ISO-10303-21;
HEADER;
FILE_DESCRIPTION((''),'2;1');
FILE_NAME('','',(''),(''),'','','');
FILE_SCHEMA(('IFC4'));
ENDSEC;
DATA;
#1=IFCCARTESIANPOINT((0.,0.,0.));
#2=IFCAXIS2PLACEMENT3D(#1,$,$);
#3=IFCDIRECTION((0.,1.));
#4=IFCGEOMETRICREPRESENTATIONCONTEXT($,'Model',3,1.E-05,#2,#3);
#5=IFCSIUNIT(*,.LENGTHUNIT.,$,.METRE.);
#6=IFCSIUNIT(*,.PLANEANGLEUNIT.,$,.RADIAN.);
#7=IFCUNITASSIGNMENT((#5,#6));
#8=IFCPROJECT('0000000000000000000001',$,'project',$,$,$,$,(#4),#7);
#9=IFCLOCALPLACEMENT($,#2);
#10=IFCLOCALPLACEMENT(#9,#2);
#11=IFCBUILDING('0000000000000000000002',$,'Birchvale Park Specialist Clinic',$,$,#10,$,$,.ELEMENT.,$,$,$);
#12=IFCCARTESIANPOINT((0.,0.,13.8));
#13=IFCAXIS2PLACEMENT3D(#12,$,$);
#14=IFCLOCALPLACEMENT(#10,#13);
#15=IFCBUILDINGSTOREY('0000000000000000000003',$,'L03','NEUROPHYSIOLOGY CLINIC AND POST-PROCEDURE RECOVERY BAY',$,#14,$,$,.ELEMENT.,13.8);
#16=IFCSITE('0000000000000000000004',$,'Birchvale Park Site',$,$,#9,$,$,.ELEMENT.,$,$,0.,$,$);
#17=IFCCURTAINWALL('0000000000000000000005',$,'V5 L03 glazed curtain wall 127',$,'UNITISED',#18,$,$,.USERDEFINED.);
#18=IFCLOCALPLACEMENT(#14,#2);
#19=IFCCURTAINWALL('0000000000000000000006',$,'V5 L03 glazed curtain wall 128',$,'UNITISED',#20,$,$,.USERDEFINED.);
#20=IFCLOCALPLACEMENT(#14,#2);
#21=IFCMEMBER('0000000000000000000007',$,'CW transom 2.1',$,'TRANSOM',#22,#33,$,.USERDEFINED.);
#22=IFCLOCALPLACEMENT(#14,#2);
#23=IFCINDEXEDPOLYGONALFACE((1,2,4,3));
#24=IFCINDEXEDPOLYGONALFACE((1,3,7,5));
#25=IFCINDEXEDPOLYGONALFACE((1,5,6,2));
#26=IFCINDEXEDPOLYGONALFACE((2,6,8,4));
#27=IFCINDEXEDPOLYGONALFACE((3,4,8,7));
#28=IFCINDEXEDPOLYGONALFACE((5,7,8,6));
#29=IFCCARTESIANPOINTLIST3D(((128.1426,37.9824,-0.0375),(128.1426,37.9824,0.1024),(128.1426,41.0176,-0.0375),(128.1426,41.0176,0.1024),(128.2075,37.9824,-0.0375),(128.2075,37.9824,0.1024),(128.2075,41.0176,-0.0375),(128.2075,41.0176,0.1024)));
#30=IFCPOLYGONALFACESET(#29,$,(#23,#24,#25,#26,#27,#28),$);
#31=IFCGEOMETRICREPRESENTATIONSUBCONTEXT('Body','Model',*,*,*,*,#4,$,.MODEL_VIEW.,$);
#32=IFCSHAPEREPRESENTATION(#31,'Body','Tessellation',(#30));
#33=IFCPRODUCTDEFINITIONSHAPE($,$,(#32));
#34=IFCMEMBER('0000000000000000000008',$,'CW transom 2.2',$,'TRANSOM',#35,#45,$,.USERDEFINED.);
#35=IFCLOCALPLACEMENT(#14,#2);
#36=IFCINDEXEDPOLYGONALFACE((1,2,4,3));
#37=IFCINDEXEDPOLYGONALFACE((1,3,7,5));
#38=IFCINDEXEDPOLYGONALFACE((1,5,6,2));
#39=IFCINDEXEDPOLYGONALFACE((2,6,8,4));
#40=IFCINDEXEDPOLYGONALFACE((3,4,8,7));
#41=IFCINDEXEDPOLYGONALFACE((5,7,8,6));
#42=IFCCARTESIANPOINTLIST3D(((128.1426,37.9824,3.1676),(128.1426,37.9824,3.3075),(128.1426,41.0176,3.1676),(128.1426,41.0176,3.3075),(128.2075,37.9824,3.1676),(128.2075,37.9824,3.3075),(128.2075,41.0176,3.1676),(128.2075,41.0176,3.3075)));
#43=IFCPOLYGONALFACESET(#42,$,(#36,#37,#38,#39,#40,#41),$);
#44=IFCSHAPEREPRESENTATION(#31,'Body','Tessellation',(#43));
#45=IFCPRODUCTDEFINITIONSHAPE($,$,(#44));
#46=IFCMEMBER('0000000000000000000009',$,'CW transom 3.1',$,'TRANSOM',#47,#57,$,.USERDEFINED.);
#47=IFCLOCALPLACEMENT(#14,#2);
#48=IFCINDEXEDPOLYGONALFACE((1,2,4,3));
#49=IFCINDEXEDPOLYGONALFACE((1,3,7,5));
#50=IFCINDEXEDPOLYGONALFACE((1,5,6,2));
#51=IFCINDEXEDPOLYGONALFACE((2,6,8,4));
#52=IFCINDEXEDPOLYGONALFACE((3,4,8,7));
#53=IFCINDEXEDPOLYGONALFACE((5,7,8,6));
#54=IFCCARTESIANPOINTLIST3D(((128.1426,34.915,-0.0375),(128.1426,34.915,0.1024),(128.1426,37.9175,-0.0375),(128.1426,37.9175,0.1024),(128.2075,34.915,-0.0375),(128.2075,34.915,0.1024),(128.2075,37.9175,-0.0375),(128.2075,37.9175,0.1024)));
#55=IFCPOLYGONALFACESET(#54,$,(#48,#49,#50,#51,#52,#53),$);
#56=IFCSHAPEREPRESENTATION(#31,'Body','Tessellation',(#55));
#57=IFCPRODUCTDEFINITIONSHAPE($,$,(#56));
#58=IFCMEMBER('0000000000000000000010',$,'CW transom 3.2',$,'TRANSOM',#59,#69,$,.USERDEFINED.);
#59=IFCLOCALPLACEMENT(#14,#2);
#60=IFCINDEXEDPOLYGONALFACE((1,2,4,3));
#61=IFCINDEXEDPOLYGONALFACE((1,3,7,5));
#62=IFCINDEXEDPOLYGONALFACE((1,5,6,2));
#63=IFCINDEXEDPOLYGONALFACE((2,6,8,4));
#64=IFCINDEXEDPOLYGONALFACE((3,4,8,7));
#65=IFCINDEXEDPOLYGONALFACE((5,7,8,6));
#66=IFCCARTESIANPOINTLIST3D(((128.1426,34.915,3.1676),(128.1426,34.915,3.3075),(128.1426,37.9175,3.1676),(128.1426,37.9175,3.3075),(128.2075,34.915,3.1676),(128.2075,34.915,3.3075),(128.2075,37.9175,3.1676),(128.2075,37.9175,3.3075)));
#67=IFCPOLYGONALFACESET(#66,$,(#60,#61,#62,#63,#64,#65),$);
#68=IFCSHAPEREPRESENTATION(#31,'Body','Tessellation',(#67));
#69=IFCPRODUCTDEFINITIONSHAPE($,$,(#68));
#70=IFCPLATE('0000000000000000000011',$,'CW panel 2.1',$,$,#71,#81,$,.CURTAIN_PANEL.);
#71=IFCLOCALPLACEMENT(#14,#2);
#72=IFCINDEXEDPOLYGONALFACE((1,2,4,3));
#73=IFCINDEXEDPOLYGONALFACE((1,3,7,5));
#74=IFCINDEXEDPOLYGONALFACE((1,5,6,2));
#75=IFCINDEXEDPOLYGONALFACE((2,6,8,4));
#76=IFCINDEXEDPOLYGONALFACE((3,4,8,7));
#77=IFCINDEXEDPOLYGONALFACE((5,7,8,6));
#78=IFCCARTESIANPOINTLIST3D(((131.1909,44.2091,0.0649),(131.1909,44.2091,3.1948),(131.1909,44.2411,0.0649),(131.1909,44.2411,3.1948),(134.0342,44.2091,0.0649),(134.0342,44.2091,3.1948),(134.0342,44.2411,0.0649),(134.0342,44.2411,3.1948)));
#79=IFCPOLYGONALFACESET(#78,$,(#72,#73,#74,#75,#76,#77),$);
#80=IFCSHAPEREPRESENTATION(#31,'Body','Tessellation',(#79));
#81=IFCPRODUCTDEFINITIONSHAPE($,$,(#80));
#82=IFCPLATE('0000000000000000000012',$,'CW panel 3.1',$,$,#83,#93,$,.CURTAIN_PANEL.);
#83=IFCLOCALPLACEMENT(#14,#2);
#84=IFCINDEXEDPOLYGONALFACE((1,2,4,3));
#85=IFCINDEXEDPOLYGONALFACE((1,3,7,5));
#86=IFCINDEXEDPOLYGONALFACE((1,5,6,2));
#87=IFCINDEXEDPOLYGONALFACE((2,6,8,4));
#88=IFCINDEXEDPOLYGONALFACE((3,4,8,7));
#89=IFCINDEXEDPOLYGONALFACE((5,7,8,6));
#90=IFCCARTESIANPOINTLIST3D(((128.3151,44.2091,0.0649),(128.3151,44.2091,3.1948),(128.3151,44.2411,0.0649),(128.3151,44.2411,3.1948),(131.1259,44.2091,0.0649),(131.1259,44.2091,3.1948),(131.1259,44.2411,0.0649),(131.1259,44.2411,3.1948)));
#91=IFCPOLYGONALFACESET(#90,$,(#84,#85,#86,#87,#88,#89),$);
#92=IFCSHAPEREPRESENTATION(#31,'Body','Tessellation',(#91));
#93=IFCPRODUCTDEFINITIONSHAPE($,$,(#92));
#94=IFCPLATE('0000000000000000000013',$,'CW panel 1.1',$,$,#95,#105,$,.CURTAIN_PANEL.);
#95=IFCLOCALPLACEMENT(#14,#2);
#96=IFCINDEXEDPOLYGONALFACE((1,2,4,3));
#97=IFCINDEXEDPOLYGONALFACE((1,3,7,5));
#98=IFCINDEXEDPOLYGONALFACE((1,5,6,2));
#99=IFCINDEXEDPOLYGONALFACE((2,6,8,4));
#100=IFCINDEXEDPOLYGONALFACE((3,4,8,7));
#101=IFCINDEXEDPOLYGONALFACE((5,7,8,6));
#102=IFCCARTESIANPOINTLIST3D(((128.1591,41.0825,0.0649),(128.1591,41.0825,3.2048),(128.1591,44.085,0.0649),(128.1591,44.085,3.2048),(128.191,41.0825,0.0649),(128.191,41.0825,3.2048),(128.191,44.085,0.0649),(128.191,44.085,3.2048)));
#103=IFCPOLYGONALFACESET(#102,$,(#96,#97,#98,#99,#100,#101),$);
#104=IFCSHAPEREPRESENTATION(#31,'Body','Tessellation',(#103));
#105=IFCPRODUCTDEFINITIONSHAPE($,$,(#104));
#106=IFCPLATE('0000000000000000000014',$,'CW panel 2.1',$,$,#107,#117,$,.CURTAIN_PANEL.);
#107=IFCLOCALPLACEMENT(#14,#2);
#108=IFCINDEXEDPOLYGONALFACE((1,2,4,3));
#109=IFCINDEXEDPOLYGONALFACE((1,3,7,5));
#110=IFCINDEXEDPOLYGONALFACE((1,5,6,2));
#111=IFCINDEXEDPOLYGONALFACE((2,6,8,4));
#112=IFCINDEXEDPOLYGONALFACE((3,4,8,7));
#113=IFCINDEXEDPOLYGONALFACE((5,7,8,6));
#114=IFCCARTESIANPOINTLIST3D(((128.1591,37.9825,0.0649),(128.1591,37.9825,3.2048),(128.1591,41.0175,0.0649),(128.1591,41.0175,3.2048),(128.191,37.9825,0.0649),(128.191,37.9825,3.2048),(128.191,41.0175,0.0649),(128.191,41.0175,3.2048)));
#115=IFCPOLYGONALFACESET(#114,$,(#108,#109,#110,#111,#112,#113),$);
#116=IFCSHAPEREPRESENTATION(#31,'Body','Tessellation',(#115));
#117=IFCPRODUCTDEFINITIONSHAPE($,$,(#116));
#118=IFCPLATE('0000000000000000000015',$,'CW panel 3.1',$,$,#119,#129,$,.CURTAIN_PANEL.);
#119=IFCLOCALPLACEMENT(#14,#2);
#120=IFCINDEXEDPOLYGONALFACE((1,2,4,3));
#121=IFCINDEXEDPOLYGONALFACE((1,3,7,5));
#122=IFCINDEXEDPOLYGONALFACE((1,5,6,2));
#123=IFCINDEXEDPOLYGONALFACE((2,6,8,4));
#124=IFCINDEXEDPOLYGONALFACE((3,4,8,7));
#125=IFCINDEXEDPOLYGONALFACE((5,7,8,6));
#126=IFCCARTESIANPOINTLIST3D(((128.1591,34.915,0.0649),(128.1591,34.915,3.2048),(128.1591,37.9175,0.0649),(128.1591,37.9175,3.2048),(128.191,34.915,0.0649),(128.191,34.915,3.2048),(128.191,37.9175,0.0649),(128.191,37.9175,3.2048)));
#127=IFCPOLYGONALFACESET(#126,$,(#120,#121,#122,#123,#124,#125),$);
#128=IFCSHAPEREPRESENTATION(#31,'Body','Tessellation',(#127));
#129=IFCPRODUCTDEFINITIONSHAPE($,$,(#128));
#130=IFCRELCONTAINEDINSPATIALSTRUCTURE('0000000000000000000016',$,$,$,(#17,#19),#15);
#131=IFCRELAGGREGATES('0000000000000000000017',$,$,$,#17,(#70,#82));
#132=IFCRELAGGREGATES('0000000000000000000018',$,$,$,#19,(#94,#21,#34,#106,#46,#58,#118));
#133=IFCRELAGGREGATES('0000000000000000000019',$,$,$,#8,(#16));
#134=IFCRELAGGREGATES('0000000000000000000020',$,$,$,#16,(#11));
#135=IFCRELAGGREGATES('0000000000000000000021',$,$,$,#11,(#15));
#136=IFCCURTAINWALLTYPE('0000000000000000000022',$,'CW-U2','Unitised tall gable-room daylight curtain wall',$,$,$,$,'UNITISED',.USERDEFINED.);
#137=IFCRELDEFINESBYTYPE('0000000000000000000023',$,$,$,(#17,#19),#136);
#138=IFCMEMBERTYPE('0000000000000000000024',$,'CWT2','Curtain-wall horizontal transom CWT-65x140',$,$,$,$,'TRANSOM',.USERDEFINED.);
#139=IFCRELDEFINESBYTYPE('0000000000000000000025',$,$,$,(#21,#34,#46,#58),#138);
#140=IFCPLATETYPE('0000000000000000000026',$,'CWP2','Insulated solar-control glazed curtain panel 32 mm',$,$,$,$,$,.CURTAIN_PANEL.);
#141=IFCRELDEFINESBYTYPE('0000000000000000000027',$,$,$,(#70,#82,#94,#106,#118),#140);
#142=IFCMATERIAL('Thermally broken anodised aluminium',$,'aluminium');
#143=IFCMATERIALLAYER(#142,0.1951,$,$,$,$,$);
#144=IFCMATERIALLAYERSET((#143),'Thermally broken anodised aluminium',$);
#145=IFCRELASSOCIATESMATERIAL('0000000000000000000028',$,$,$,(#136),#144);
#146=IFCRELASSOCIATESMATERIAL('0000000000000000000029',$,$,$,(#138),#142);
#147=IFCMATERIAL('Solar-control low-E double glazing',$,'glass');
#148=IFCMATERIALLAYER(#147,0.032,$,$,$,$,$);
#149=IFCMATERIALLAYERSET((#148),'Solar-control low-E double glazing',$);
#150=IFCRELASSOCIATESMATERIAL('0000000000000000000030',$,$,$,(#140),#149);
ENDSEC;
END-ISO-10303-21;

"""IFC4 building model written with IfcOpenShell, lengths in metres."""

from ifc_helpers import new_model, si_unit, direction, frame, origin, origin_2d, place, context, subcontext, project, spatial, rectangle, extrude, material, layer, layer_set, material_profile, profile_set, type_object, element, aggregate, save


model = new_model("IFC4")

# Units and contexts
model_context = context("Model", 3, precision=1e-05, world=origin(), true_north=direction((0.0, 1.0)))
body_context = subcontext(model_context, "Body", "Model", "MODEL_VIEW")
ifc_project = project(units=[si_unit("LENGTHUNIT", "METRE"), si_unit("PLANEANGLEUNIT", "RADIAN")], contexts=[model_context])

# Site, building, storey
site_placement = place(None, origin())
site = spatial("IfcSite", under=ifc_project, at=site_placement, Name="Birchvale Park Site", CompositionType="ELEMENT", RefElevation=0.0)
building_placement = place(site_placement, origin())
building = spatial("IfcBuilding", under=site, at=building_placement, Name="Birchvale Park Specialist Clinic", CompositionType="ELEMENT")
storey_placement = place(building_placement, frame((0.0, 0.0, 13.8)))
storey = spatial("IfcBuildingStorey", under=building, at=storey_placement, Name="L03", Description="NEUROPHYSIOLOGY CLINIC AND POST-PROCEDURE RECOVERY BAY", CompositionType="ELEMENT", Elevation=13.8)

# Curtain walls
ifc_material_1 = material(Name="Thermally broken anodised aluminium", Category="aluminium")
ifc_layer_1 = layer(ifc_material_1, 0.1951)
ifc_layer_set_1 = layer_set([ifc_layer_1], Name="Thermally broken anodised aluminium")
curtain_wall_type = type_object("IfcCurtainWallType", Name="CW-U2", Description="Unitised tall gable-room daylight curtain wall", ElementType="UNITISED", PredefinedType="USERDEFINED", material=ifc_layer_set_1)
curtain_wall_1_placement = place(storey_placement, origin())
curtain_wall_1 = element("IfcCurtainWall", 1, at=curtain_wall_1_placement, inside=storey, type_object=curtain_wall_type, Name="V5 L03 glazed curtain wall 127", ObjectType="UNITISED", PredefinedType="USERDEFINED")
curtain_wall_2_placement = place(storey_placement, origin())
curtain_wall_2 = element("IfcCurtainWall", 2, at=curtain_wall_2_placement, inside=storey, type_object=curtain_wall_type, Name="V5 L03 glazed curtain wall 128", ObjectType="UNITISED", PredefinedType="USERDEFINED")

# Members
ifc_material_profile_1 = material_profile(ifc_material_1, rectangle(XDim=0.0649, YDim=0.1399, at=origin_2d()), Name="CWT-65x140")
ifc_profile_set_1 = profile_set([ifc_material_profile_1], Name="Thermally broken anodised aluminium")
member_type_1 = type_object("IfcMemberType", Name="CWT2", Description="Curtain-wall horizontal transom CWT-65x140", ElementType="TRANSOM", PredefinedType="USERDEFINED", material=ifc_profile_set_1)
member_1_placement = place(storey_placement, frame((128.175, 41.0176, 0.0325), z_axis=(0.0, -1.0, 0.0), x_axis=(1.0, 0.0, 0.0)))
member_1 = element("IfcMember", 3, at=member_1_placement, type_object=member_type_1, Name="CW transom 2.1", ObjectType="TRANSOM", PredefinedType="USERDEFINED", context=body_context, shape_type="SweptSolid", body=[
    extrude(rectangle(XDim=0.0649, YDim=0.1399, at=origin_2d()), origin(), (0.0, 0.0, 1.0), 3.0352),
])
member_2_placement = place(storey_placement, frame((128.175, 41.0176, 3.2375), z_axis=(0.0, -1.0, 0.0), x_axis=(1.0, 0.0, 0.0)))
member_2 = element("IfcMember", 4, at=member_2_placement, type_object=member_type_1, Name="CW transom 2.2", ObjectType="TRANSOM", PredefinedType="USERDEFINED", context=body_context, shape_type="SweptSolid", body=[
    extrude(rectangle(XDim=0.0649, YDim=0.1399, at=origin_2d()), origin(), (0.0, 0.0, 1.0), 3.0352),
])
member_3_placement = place(storey_placement, frame((128.175, 37.9175, 0.0325), z_axis=(0.0, -1.0, 0.0), x_axis=(1.0, 0.0, 0.0)))
member_3 = element("IfcMember", 5, at=member_3_placement, type_object=member_type_1, Name="CW transom 3.1", ObjectType="TRANSOM", PredefinedType="USERDEFINED", context=body_context, shape_type="SweptSolid", body=[
    extrude(rectangle(XDim=0.0649, YDim=0.1399, at=origin_2d()), origin(), (0.0, 0.0, 1.0), 3.0024),
])
member_4_placement = place(storey_placement, frame((128.175, 37.9175, 3.2375), z_axis=(0.0, -1.0, 0.0), x_axis=(1.0, 0.0, 0.0)))
member_4 = element("IfcMember", 6, at=member_4_placement, type_object=member_type_1, Name="CW transom 3.2", ObjectType="TRANSOM", PredefinedType="USERDEFINED", context=body_context, shape_type="SweptSolid", body=[
    extrude(rectangle(XDim=0.0649, YDim=0.1399, at=origin_2d()), origin(), (0.0, 0.0, 1.0), 3.0024),
])

# Plates
ifc_material_2 = material(Name="Solar-control low-E double glazing", Category="glass")
ifc_layer_2 = layer(ifc_material_2, 0.032)
ifc_layer_set_2 = layer_set([ifc_layer_2], Name="Solar-control low-E double glazing")
plate_type = type_object("IfcPlateType", Name="CWP2", Description="Insulated solar-control glazed curtain panel 32 mm", PredefinedType="CURTAIN_PANEL", material=ifc_layer_set_2)
plate_1_placement = place(storey_placement, frame((132.6125, 44.2251, 0.0649), z_axis=(0.0, 0.0, 1.0), x_axis=(-1.0, 0.0, 0.0)))
plate_1 = element("IfcPlate", 7, at=plate_1_placement, type_object=plate_type, Name="CW panel 2.1", PredefinedType="CURTAIN_PANEL", context=body_context, shape_type="SweptSolid", body=[
    extrude(rectangle(XDim=2.8433, YDim=0.032, at=origin_2d()), origin(), (0.0, 0.0, 1.0), 3.1299),
])
plate_2_placement = place(storey_placement, frame((129.7205, 44.2251, 0.0649), z_axis=(0.0, 0.0, 1.0), x_axis=(-1.0, 0.0, 0.0)))
plate_2 = element("IfcPlate", 8, at=plate_2_placement, type_object=plate_type, Name="CW panel 3.1", PredefinedType="CURTAIN_PANEL", context=body_context, shape_type="SweptSolid", body=[
    extrude(rectangle(XDim=2.8108, YDim=0.032, at=origin_2d()), origin(), (0.0, 0.0, 1.0), 3.1299),
])
aggregate(curtain_wall_1, [plate_1, plate_2])
plate_3_placement = place(storey_placement, frame((128.175, 42.5837, 0.0649), z_axis=(0.0, 0.0, 1.0), x_axis=(0.0, -1.0, 0.0)))
plate_3 = element("IfcPlate", 9, at=plate_3_placement, type_object=plate_type, Name="CW panel 1.1", PredefinedType="CURTAIN_PANEL", context=body_context, shape_type="SweptSolid", body=[
    extrude(rectangle(XDim=3.0024, YDim=0.032, at=origin_2d()), origin(), (0.0, 0.0, 1.0), 3.1399),
])
plate_4_placement = place(storey_placement, frame((128.175, 39.5, 0.0649), z_axis=(0.0, 0.0, 1.0), x_axis=(0.0, -1.0, 0.0)))
plate_4 = element("IfcPlate", 10, at=plate_4_placement, type_object=plate_type, Name="CW panel 2.1", PredefinedType="CURTAIN_PANEL", context=body_context, shape_type="SweptSolid", body=[
    extrude(rectangle(XDim=3.0349, YDim=0.032, at=origin_2d()), origin(), (0.0, 0.0, 1.0), 3.1399),
])
plate_5_placement = place(storey_placement, frame((128.175, 36.4163, 0.0649), z_axis=(0.0, 0.0, 1.0), x_axis=(0.0, -1.0, 0.0)))
plate_5 = element("IfcPlate", 11, at=plate_5_placement, type_object=plate_type, Name="CW panel 3.1", PredefinedType="CURTAIN_PANEL", context=body_context, shape_type="SweptSolid", body=[
    extrude(rectangle(XDim=3.0024, YDim=0.032, at=origin_2d()), origin(), (0.0, 0.0, 1.0), 3.1399),
])
aggregate(curtain_wall_2, [plate_3, member_1, member_2, plate_4, member_3, member_4, plate_5])

save(model, "model.ifc")
